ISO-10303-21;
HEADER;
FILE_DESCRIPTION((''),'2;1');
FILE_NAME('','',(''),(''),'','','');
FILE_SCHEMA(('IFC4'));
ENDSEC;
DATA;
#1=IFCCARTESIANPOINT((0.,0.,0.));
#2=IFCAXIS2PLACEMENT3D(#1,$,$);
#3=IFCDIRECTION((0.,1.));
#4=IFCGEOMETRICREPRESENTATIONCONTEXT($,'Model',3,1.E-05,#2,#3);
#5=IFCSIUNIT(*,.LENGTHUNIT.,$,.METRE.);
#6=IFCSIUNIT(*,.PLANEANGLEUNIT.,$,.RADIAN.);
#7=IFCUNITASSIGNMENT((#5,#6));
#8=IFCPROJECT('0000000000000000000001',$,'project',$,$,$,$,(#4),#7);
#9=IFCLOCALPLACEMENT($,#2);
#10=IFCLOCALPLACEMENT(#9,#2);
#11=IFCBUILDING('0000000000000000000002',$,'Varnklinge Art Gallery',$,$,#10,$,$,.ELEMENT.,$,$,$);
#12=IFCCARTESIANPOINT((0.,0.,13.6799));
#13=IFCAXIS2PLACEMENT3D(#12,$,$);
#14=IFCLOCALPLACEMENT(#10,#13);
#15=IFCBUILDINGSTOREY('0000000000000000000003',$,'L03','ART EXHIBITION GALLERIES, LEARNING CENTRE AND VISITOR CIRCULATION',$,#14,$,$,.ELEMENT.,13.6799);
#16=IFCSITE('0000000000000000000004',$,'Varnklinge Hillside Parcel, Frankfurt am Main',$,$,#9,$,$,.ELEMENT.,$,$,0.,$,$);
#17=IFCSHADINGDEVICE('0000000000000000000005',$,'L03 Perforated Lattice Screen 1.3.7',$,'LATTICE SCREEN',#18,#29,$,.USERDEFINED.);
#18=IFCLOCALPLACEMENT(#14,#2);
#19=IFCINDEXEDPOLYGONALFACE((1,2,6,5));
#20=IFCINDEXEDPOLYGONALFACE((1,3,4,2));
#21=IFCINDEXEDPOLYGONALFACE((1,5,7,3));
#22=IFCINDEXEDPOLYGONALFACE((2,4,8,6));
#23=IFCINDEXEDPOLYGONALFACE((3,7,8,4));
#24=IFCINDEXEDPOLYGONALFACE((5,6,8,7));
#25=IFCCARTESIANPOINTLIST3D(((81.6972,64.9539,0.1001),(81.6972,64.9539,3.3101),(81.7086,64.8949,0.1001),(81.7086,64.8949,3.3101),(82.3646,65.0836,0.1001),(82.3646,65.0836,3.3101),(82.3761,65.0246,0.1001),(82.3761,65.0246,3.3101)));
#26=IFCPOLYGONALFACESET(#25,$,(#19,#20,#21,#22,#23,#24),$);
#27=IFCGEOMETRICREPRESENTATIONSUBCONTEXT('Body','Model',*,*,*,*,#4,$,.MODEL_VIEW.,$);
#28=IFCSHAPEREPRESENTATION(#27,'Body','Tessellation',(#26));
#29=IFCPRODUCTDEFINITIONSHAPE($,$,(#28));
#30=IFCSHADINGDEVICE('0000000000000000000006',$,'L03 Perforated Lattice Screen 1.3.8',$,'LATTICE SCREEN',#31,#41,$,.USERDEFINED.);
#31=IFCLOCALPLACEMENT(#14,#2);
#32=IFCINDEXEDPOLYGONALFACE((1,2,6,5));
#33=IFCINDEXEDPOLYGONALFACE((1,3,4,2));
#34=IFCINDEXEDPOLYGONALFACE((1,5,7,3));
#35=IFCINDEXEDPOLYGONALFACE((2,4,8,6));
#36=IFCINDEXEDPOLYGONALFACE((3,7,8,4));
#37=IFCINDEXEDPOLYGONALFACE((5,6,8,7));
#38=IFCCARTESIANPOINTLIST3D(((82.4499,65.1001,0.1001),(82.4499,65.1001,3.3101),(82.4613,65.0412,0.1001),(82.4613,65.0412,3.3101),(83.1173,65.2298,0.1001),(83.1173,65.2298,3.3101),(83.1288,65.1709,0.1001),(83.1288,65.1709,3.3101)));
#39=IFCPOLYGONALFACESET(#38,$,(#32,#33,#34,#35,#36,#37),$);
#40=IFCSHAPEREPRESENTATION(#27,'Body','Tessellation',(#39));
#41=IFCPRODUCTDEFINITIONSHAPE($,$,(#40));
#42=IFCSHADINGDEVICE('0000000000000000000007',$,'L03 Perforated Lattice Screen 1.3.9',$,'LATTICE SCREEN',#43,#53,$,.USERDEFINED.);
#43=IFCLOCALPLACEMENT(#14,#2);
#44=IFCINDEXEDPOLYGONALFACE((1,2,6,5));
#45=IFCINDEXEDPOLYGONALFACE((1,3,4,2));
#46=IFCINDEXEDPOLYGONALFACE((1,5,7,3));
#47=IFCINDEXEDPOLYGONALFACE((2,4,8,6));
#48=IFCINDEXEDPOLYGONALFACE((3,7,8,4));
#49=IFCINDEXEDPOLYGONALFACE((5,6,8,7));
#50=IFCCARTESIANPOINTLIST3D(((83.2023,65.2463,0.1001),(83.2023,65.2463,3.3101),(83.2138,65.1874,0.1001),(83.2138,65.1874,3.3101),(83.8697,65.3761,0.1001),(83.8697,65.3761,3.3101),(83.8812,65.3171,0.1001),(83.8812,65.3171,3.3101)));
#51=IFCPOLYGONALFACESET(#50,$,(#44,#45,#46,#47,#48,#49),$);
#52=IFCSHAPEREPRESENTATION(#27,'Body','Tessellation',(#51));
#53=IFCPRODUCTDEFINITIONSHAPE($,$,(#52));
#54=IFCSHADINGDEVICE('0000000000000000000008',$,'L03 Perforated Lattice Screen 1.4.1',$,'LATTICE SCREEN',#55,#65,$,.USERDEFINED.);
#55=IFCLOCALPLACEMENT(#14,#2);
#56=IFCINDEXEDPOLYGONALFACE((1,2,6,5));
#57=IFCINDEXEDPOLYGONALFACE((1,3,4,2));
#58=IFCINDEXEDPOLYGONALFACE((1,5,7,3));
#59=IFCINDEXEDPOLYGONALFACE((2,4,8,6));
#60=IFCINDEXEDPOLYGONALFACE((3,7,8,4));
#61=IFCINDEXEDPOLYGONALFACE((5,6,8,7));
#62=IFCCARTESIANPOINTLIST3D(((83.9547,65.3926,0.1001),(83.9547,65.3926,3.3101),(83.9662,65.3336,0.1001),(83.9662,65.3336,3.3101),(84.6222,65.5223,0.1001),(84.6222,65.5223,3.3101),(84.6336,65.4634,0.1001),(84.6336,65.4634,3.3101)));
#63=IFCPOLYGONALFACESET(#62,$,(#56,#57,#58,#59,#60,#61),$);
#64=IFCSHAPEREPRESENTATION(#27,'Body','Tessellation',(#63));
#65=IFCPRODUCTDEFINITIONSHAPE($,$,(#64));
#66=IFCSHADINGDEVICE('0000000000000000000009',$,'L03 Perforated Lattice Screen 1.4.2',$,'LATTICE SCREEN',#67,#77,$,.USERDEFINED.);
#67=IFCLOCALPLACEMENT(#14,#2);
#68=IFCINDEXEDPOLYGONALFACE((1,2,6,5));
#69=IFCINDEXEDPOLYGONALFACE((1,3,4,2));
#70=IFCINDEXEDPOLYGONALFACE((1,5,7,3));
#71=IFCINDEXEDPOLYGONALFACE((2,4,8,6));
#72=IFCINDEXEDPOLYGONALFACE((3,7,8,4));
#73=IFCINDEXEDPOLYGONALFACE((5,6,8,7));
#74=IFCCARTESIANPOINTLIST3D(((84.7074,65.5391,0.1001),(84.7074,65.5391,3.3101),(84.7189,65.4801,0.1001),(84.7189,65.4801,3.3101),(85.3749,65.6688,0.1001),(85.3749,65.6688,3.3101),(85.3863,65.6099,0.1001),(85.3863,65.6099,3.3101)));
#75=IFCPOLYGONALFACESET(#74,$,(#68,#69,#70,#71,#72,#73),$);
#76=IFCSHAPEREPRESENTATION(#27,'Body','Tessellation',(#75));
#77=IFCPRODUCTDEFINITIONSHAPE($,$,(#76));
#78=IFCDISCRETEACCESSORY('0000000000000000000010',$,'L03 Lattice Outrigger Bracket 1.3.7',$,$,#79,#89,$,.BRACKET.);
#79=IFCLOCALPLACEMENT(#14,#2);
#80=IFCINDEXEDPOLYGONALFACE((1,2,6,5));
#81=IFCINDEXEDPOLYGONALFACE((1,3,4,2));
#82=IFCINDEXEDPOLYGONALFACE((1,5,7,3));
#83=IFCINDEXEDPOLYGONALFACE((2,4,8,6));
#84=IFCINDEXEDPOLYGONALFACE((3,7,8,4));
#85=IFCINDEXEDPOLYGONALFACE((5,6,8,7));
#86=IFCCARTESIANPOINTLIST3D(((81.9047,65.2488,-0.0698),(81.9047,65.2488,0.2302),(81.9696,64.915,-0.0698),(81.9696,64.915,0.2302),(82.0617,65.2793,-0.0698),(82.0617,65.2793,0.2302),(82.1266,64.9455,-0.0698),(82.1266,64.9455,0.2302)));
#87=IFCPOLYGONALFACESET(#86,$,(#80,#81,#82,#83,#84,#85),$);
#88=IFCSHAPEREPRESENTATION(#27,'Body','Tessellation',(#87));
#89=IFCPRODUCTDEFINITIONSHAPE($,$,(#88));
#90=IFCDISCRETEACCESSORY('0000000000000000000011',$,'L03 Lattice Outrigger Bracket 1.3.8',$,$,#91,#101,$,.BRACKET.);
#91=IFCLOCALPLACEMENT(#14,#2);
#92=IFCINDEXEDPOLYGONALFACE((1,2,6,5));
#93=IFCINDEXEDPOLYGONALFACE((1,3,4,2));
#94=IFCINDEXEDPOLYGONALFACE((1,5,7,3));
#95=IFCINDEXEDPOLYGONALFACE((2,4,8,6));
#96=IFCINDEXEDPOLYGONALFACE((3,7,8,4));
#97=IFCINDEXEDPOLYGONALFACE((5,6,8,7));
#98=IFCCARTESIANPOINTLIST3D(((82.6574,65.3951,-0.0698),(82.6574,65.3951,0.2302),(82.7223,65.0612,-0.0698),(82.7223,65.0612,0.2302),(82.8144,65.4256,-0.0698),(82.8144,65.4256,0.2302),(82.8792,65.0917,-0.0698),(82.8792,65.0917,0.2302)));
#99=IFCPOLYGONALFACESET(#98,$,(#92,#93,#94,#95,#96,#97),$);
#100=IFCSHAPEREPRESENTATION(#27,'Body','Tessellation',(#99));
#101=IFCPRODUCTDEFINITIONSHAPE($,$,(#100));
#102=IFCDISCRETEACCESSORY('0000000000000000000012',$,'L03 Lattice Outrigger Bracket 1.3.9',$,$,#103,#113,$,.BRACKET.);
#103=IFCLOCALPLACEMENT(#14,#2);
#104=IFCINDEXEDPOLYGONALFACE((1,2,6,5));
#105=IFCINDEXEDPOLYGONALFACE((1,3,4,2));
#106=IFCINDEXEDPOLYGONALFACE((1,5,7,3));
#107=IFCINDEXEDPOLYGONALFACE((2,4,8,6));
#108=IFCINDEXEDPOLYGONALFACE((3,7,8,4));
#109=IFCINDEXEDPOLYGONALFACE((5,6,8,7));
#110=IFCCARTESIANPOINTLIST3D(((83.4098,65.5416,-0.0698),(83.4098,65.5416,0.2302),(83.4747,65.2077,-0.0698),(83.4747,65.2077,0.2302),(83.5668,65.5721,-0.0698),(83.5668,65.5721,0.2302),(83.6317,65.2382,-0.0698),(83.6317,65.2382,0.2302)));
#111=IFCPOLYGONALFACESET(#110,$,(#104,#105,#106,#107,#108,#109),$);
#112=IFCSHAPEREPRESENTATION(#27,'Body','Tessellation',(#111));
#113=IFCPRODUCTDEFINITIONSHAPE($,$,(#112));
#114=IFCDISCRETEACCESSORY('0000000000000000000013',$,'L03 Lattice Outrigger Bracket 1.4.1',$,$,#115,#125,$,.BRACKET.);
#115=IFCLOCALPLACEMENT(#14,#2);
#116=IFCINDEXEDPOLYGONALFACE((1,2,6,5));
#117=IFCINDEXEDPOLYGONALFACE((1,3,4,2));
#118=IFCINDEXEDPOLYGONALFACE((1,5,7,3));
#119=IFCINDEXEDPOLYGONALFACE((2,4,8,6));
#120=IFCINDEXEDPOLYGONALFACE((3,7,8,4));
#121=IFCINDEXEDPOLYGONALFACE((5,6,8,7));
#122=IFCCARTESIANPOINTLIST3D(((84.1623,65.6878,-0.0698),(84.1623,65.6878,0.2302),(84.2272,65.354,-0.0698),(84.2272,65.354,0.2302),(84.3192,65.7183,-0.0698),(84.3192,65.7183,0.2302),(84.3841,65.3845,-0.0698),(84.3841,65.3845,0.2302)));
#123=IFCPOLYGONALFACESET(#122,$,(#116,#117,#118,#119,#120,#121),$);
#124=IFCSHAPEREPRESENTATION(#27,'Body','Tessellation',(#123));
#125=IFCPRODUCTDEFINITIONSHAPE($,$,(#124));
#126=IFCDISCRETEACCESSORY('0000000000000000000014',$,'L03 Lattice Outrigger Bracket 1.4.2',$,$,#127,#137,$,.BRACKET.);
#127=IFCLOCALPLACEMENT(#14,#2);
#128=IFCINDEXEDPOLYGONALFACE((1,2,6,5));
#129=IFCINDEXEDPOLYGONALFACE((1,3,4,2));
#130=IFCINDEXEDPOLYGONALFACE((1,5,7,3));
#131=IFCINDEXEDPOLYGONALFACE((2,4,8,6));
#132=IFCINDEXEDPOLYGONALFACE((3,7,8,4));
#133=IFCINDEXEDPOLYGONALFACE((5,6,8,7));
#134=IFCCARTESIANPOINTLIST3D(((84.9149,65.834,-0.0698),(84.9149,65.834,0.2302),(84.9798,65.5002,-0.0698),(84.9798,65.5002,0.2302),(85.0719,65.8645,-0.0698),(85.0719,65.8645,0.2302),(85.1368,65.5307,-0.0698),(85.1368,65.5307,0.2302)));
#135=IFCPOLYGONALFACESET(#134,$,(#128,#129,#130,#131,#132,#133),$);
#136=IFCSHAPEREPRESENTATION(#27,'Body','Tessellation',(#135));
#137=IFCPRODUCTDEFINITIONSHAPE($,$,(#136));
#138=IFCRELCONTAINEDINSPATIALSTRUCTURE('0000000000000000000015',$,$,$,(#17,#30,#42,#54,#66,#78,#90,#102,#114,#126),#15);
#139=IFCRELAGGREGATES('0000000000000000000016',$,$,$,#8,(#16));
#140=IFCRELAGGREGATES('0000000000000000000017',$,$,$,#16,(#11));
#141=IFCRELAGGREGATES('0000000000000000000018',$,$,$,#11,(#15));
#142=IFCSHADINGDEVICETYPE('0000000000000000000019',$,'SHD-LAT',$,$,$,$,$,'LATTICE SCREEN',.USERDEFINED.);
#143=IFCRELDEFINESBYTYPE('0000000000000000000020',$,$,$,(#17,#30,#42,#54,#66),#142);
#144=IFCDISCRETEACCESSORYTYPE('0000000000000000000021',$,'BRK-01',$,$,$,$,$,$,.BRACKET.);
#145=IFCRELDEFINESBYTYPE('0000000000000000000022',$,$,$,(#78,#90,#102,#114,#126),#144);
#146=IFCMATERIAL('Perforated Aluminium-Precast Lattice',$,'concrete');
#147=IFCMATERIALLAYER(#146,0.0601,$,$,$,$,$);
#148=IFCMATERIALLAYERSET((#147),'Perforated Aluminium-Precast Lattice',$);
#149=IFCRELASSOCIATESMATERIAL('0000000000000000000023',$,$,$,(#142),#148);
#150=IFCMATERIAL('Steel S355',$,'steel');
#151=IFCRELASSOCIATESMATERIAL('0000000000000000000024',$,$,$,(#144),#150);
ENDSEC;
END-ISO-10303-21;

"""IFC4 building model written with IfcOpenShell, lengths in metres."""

from ifc_helpers import new_model, si_unit, direction, frame, origin, origin_2d, place, context, subcontext, project, spatial, rectangle, extrude, material, layer, layer_set, type_object, element, save


model = new_model("IFC4")

# Units and contexts
model_context = context("Model", 3, precision=1e-05, world=origin(), true_north=direction((0.0, 1.0)))
body_context = subcontext(model_context, "Body", "Model", "MODEL_VIEW")
ifc_project = project(units=[si_unit("LENGTHUNIT", "METRE"), si_unit("PLANEANGLEUNIT", "RADIAN")], contexts=[model_context])

# Site, building, storey
site_placement = place(None, origin())
site = spatial("IfcSite", under=ifc_project, at=site_placement, Name="Varnklinge Hillside Parcel, Frankfurt am Main", CompositionType="ELEMENT", RefElevation=0.0)
building_placement = place(site_placement, origin())
building = spatial("IfcBuilding", under=site, at=building_placement, Name="Varnklinge Art Gallery", CompositionType="ELEMENT")
storey_placement = place(building_placement, frame((0.0, 0.0, 13.6799)))
storey = spatial("IfcBuildingStorey", under=building, at=storey_placement, Name="L03", Description="ART EXHIBITION GALLERIES, LEARNING CENTRE AND VISITOR CIRCULATION", CompositionType="ELEMENT", Elevation=13.6799)

# Shading devices
ifc_material_1 = material(Name="Perforated Aluminium-Precast Lattice", Category="concrete")
ifc_layer_1 = layer(ifc_material_1, 0.0601)
ifc_layer_set_1 = layer_set([ifc_layer_1], Name="Perforated Aluminium-Precast Lattice")
shading_device_type = type_object("IfcShadingDeviceType", Name="SHD-LAT", ElementType="LATTICE SCREEN", PredefinedType="USERDEFINED", material=ifc_layer_set_1)
for number, where, z_axis, x_axis, name in (
    (1, (82.0366, 64.9893, 0.1001), (0.0, 0.0, 1.0), (0.981627, 0.190809, 0.0), "L03 Perforated Lattice Screen 1.3.7"),
    (2, (82.7893, 65.1355, 0.1001), (0.0, 0.0, 1.0), (0.981627, 0.190809, 0.0), "L03 Perforated Lattice Screen 1.3.8"),
    (3, (83.5417, 65.2817, 0.1001), (0.0, 0.0, 1.0), (0.981627, 0.190809, 0.0), "L03 Perforated Lattice Screen 1.3.9"),
    (4, (84.2942, 65.428, 0.1001), (0.0, 0.0, 1.0), (0.981627, 0.190809, 0.0), "L03 Perforated Lattice Screen 1.4.1"),
    (5, (85.0469, 65.5745, 0.1001), (0.0, 0.0, 1.0), (0.981627, 0.190809, 0.0), "L03 Perforated Lattice Screen 1.4.2"),
):
    element("IfcShadingDevice", number, at=place(storey_placement, frame(where, z_axis=z_axis, x_axis=x_axis)), inside=storey, type_object=shading_device_type, Name=name, ObjectType="LATTICE SCREEN", PredefinedType="USERDEFINED", context=body_context, shape_type="SweptSolid", body=[
        extrude(rectangle(XDim=0.6799, YDim=0.0601, at=origin_2d()), origin(), (0.0, 0.0, 1.0), 3.21),
    ])

# Discrete accessories
ifc_material_2 = material(Name="Steel S355", Category="steel")
discrete_accessory_type = type_object("IfcDiscreteAccessoryType", Name="BRK-01", PredefinedType="BRACKET", material=ifc_material_2)
for number, where, z_axis, x_axis, name in (
    (6, (82.0156, 65.0972, -0.0698), (0.0, 0.0, 1.0), (0.981627, 0.190809, 0.0), "L03 Lattice Outrigger Bracket 1.3.7"),
    (7, (82.7683, 65.2434, -0.0698), (0.0, 0.0, 1.0), (0.981627, 0.190809, 0.0), "L03 Lattice Outrigger Bracket 1.3.8"),
    (8, (83.5208, 65.3899, -0.0698), (0.0, 0.0, 1.0), (0.981627, 0.190809, 0.0), "L03 Lattice Outrigger Bracket 1.3.9"),
    (9, (84.2732, 65.5361, -0.0698), (0.0, 0.0, 1.0), (0.981627, 0.190809, 0.0), "L03 Lattice Outrigger Bracket 1.4.1"),
    (10, (85.0259, 65.6824, -0.0698), (0.0, 0.0, 1.0), (0.981627, 0.190809, 0.0), "L03 Lattice Outrigger Bracket 1.4.2"),
):
    element("IfcDiscreteAccessory", number, at=place(storey_placement, frame(where, z_axis=z_axis, x_axis=x_axis)), inside=storey, type_object=discrete_accessory_type, Name=name, PredefinedType="BRACKET", context=body_context, shape_type="SweptSolid", body=[
        extrude(rectangle(XDim=0.1599, YDim=0.3401, at=origin_2d()), origin(), (0.0, 0.0, 1.0), 0.3),
    ])

save(model, "model.ifc")
